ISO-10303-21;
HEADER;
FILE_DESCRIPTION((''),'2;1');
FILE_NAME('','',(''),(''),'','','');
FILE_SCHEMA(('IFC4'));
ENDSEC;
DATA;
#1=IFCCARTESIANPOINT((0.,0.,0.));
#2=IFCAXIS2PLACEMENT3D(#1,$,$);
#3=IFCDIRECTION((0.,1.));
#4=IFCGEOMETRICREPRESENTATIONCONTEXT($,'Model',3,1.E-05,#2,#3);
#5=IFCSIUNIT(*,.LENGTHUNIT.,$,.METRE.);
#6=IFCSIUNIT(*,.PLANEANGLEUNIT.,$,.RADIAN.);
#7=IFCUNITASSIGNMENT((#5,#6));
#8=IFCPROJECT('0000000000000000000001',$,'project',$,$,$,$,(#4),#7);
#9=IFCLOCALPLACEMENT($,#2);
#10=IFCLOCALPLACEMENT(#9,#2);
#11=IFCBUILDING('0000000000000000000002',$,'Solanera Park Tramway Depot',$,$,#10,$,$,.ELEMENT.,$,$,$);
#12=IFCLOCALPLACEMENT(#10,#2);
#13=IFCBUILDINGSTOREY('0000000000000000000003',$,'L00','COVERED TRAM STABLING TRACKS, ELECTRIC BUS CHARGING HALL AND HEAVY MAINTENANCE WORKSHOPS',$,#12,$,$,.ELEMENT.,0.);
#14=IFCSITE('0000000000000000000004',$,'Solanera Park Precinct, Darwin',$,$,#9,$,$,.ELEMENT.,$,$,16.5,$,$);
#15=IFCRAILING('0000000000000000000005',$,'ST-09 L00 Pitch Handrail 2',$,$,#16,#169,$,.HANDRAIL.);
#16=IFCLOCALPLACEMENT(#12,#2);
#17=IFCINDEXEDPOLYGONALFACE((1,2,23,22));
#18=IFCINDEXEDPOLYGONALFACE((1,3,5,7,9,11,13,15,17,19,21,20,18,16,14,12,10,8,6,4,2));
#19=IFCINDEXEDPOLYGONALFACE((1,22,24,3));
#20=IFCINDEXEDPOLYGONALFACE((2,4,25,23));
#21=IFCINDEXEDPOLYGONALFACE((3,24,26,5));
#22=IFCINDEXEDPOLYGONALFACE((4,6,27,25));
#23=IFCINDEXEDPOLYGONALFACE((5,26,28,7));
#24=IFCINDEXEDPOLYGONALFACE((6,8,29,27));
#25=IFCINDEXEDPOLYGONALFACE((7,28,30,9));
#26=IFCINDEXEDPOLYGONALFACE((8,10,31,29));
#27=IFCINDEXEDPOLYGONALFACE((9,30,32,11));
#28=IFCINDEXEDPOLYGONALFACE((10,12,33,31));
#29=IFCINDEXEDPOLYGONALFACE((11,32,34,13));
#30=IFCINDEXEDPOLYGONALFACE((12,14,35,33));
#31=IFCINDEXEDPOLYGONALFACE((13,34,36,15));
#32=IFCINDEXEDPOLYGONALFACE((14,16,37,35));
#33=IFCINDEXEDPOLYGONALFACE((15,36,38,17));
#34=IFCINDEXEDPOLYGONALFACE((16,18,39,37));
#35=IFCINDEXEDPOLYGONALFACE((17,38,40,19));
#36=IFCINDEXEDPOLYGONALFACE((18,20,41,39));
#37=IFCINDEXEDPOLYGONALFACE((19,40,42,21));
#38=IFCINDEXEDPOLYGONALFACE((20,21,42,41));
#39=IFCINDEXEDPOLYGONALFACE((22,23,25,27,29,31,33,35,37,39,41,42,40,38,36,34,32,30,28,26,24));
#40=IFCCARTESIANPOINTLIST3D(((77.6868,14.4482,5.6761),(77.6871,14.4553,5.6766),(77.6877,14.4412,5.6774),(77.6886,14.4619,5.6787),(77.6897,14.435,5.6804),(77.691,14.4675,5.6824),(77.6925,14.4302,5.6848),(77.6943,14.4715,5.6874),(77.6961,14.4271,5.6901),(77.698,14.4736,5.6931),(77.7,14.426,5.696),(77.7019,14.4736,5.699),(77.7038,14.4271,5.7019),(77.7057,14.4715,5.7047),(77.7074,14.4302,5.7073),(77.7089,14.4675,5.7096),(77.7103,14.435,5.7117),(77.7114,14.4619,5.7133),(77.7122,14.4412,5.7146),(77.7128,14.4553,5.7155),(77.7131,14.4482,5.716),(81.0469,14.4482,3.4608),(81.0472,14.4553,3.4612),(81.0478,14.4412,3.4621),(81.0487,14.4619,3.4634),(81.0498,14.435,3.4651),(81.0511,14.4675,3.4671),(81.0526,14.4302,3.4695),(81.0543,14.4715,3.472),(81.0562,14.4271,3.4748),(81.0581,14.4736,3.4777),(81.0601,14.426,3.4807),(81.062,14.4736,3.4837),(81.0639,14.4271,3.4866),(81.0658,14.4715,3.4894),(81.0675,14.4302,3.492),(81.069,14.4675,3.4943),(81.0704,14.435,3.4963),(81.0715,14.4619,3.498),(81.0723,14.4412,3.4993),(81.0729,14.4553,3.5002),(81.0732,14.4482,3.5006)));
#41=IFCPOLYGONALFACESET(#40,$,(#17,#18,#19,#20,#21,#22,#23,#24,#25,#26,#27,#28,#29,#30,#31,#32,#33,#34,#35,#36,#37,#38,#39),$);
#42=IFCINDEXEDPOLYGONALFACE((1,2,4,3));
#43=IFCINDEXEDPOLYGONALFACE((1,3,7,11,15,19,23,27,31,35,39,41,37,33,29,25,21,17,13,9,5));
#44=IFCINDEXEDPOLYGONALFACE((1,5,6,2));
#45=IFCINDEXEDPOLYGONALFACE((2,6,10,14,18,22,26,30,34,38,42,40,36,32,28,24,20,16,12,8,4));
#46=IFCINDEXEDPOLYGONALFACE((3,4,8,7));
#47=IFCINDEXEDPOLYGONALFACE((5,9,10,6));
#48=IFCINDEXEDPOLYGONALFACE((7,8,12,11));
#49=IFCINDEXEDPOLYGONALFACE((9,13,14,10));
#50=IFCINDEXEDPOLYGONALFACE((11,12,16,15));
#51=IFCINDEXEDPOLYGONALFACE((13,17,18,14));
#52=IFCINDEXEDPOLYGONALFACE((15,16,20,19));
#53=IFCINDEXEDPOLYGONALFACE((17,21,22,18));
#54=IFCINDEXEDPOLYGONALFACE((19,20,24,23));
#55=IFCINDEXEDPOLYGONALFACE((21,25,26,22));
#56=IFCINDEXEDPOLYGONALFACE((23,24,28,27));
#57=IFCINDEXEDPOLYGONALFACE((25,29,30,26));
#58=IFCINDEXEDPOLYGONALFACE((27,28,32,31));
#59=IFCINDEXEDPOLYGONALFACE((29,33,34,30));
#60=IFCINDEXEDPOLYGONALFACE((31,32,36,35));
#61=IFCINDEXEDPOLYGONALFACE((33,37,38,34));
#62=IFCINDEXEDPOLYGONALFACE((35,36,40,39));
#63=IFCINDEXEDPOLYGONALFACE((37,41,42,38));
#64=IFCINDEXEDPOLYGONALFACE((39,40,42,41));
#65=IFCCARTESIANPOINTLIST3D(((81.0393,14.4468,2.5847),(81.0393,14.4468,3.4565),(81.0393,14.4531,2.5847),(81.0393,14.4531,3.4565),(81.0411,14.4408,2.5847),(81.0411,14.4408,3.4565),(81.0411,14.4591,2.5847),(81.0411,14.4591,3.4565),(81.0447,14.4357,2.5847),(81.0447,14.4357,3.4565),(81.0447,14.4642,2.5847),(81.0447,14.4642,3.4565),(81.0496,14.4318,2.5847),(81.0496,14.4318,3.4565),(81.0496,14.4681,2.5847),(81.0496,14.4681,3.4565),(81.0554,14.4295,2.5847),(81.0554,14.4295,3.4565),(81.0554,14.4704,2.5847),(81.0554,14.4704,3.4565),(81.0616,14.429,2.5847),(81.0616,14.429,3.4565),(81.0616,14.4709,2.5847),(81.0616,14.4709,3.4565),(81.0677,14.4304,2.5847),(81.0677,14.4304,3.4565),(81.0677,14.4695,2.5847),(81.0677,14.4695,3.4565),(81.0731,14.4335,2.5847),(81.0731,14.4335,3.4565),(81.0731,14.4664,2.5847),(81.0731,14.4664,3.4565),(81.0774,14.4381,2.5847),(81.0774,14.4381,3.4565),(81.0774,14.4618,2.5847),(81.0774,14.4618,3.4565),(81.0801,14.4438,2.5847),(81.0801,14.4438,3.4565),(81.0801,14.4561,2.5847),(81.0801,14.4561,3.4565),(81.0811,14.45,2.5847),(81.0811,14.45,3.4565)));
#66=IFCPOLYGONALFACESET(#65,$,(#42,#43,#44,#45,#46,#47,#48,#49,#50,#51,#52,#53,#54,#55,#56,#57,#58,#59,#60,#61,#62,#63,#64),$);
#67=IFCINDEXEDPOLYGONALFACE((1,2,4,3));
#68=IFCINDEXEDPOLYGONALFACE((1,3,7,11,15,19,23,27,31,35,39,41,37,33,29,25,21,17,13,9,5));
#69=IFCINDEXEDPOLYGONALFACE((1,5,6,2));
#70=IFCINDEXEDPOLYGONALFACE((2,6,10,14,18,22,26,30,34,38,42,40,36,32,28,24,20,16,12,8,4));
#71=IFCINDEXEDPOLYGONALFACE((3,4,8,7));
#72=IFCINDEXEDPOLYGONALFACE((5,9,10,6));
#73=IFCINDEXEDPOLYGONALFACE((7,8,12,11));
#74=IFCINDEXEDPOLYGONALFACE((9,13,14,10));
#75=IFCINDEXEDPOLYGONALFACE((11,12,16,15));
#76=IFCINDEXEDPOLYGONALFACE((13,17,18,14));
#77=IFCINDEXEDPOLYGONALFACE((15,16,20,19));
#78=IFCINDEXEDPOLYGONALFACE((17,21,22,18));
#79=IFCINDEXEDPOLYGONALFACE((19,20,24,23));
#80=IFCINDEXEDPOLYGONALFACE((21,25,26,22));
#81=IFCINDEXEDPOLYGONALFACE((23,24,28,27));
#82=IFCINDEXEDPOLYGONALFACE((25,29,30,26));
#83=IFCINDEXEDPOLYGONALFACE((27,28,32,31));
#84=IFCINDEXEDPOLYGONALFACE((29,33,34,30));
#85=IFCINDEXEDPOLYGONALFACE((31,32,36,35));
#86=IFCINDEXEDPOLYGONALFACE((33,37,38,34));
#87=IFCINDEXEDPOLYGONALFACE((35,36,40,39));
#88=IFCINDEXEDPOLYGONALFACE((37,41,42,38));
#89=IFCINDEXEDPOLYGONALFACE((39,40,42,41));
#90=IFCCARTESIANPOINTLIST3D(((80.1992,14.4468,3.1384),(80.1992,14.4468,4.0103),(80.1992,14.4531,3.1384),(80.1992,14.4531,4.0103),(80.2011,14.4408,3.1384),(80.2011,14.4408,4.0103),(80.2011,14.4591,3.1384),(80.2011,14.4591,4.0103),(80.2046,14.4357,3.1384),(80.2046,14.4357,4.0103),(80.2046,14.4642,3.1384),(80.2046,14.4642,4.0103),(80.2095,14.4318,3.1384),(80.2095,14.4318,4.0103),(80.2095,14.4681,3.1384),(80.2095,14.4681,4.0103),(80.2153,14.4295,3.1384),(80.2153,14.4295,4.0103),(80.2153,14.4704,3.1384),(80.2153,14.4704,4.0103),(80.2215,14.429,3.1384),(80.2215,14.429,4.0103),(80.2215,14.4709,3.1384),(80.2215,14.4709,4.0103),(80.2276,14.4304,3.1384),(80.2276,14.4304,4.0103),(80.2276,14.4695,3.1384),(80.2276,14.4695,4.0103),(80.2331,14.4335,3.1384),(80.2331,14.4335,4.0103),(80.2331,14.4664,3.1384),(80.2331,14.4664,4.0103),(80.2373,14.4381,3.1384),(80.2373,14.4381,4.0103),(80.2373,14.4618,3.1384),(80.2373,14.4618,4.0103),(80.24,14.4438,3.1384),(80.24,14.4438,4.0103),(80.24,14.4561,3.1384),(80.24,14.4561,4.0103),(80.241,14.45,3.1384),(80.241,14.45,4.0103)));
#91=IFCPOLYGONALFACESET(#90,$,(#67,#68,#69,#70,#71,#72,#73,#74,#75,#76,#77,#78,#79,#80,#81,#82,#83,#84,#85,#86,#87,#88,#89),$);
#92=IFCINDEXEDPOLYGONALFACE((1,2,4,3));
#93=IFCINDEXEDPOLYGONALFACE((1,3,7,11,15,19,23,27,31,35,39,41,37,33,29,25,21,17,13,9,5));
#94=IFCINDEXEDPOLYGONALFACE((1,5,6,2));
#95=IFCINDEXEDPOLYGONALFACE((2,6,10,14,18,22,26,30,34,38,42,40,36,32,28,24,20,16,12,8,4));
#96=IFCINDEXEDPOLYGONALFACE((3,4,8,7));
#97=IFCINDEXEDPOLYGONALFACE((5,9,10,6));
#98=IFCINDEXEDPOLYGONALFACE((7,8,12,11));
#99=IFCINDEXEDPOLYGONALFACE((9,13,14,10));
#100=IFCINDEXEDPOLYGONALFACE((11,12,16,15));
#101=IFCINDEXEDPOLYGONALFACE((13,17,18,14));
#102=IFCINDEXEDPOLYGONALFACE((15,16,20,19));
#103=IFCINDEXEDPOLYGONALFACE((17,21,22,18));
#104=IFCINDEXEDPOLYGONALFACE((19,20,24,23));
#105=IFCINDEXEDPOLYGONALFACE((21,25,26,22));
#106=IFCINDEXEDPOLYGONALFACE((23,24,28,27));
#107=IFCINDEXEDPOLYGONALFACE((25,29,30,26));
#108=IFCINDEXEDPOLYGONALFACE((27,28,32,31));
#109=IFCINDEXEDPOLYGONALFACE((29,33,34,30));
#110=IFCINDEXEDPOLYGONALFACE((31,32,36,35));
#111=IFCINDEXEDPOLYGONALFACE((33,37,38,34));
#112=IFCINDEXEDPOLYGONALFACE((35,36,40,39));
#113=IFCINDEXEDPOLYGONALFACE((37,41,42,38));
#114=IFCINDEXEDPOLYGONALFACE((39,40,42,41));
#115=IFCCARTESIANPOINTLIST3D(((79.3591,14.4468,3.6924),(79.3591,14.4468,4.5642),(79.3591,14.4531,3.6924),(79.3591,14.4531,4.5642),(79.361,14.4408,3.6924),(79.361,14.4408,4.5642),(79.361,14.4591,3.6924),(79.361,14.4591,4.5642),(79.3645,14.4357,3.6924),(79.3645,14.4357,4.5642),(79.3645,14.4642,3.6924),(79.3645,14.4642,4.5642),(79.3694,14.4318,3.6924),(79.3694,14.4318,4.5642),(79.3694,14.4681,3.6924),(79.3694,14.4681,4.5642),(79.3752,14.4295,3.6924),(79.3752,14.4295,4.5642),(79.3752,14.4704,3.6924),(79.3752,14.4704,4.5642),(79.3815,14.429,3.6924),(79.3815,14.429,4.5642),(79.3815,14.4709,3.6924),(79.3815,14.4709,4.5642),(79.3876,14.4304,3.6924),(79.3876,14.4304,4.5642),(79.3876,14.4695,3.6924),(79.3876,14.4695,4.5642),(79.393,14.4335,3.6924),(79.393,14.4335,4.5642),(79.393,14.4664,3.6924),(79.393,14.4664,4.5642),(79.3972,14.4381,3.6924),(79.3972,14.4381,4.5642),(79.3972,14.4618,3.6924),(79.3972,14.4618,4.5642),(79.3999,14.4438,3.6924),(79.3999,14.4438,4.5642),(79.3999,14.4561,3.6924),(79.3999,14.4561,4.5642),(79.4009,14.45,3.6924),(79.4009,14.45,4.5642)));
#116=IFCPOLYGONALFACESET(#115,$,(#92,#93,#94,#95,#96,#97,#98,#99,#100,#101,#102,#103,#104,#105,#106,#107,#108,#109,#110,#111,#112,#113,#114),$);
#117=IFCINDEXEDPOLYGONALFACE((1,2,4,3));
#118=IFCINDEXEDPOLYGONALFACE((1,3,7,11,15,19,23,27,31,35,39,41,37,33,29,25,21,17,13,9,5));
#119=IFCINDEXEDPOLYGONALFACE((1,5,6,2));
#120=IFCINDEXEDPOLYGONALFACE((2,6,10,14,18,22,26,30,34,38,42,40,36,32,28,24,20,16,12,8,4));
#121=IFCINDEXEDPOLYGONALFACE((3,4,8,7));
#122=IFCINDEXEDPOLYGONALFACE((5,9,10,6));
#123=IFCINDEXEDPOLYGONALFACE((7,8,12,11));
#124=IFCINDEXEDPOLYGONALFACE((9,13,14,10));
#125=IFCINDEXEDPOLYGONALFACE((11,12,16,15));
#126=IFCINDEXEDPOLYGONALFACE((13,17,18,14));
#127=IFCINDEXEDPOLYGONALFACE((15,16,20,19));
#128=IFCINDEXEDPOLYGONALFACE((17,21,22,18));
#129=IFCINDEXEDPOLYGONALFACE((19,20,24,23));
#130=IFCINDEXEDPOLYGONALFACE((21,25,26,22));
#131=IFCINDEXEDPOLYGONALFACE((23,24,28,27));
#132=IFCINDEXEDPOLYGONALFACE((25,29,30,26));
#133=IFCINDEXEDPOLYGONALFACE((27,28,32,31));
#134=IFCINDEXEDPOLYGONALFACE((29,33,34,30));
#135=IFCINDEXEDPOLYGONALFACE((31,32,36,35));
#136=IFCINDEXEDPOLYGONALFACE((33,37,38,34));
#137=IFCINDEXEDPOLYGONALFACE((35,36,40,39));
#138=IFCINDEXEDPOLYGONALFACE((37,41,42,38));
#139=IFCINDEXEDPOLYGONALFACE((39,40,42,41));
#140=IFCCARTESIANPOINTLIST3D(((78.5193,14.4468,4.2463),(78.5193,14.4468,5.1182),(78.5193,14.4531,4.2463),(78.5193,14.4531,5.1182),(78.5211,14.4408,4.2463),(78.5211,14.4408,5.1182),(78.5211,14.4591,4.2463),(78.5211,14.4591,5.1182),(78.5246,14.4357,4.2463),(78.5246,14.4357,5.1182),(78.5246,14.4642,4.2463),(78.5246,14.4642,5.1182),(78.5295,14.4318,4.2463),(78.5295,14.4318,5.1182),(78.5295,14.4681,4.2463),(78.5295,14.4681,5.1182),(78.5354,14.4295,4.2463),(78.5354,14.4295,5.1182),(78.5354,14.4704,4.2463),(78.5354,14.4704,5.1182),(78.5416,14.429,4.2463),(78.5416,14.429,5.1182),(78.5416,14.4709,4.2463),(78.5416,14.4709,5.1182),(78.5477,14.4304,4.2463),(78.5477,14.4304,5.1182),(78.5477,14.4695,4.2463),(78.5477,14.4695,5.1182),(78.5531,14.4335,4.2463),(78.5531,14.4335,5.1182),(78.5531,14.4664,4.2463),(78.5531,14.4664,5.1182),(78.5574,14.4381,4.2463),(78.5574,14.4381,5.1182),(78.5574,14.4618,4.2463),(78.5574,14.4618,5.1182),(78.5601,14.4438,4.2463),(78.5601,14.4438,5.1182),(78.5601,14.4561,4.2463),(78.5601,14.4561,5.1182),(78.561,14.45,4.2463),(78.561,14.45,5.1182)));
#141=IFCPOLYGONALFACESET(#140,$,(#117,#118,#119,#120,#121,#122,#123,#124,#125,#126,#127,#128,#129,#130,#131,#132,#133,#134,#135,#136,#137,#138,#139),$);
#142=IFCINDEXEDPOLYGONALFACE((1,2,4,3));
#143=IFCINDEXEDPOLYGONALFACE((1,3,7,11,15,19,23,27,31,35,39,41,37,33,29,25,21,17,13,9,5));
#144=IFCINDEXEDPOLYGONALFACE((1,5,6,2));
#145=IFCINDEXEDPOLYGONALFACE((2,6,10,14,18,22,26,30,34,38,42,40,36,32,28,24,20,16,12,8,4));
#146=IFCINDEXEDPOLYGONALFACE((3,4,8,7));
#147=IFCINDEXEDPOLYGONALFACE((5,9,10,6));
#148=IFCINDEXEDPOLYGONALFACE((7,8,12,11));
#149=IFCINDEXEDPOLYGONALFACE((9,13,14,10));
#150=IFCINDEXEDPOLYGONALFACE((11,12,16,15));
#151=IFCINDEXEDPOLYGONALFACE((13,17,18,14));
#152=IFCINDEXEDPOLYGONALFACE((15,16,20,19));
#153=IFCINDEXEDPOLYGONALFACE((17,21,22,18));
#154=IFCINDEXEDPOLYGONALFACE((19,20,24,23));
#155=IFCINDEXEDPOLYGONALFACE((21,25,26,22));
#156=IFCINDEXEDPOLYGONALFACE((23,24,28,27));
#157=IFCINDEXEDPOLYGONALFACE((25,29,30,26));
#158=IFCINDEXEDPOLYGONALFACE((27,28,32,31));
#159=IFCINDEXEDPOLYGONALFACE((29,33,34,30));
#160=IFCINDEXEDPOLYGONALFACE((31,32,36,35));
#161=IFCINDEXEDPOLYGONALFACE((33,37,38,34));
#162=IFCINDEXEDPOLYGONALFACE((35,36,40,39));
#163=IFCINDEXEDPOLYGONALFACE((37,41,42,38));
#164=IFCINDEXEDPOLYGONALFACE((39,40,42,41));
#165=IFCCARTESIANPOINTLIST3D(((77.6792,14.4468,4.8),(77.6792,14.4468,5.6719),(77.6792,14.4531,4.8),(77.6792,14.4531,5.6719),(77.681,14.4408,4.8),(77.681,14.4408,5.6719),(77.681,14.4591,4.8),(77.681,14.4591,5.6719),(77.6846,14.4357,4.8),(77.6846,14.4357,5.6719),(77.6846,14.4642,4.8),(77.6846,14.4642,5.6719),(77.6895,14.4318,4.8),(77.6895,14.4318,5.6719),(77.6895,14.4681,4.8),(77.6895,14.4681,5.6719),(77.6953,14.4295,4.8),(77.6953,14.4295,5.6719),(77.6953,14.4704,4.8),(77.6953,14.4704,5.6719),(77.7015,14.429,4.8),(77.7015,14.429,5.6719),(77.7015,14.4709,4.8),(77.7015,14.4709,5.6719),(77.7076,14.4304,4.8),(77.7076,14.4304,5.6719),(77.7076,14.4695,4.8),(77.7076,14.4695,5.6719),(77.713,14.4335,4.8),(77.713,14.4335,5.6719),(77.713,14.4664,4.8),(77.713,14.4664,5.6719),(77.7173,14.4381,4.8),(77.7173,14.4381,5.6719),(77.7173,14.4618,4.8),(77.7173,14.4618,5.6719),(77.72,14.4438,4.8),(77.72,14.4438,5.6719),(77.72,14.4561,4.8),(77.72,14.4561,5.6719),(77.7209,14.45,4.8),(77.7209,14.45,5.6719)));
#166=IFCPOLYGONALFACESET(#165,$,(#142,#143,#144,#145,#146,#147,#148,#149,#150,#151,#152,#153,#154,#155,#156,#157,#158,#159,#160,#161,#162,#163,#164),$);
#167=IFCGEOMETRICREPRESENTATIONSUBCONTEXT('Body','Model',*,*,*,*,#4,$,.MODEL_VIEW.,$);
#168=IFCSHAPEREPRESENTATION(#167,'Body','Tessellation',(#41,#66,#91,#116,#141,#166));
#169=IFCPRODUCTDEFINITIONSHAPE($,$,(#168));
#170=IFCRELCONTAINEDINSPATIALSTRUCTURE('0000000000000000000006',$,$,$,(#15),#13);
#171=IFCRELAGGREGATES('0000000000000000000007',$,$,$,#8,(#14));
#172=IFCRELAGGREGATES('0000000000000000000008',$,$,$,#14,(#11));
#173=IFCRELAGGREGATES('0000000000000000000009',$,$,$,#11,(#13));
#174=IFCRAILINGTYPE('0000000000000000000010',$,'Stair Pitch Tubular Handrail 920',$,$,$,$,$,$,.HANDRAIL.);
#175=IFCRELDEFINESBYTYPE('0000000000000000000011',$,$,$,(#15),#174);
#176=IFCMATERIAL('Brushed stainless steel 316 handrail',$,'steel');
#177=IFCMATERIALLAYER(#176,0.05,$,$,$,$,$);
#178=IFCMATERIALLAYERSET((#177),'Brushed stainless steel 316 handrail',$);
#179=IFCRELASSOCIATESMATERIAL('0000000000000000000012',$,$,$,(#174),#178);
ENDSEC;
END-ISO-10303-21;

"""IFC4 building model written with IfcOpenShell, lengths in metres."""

from ifc_helpers import new_model, si_unit, direction, frame, origin, origin_2d, place, context, subcontext, project, spatial, circle, extrude, material, layer, layer_set, type_object, element, save


model = new_model("IFC4")

# Units and contexts
model_context = context("Model", 3, precision=1e-05, world=origin(), true_north=direction((0.0, 1.0)))
body_context = subcontext(model_context, "Body", "Model", "MODEL_VIEW")
ifc_project = project(units=[si_unit("LENGTHUNIT", "METRE"), si_unit("PLANEANGLEUNIT", "RADIAN")], contexts=[model_context])

# Site, building, storey
site_placement = place(None, origin())
site = spatial("IfcSite", under=ifc_project, at=site_placement, Name="Solanera Park Precinct, Darwin", CompositionType="ELEMENT", RefElevation=16.5)
building_placement = place(site_placement, origin())
building = spatial("IfcBuilding", under=site, at=building_placement, Name="Solanera Park Tramway Depot", CompositionType="ELEMENT")
storey_placement = place(building_placement, origin())
storey = spatial("IfcBuildingStorey", under=building, at=storey_placement, Name="L00", Description="COVERED TRAM STABLING TRACKS, ELECTRIC BUS CHARGING HALL AND HEAVY MAINTENANCE WORKSHOPS", CompositionType="ELEMENT", Elevation=0.0)

# Railing
ifc_material_1 = material(Name="Brushed stainless steel 316 handrail", Category="steel")
ifc_layer_1 = layer(ifc_material_1, 0.05)
ifc_layer_set_1 = layer_set([ifc_layer_1], Name="Brushed stainless steel 316 handrail")
railing_type_1 = type_object("IfcRailingType", Name="Stair Pitch Tubular Handrail 920", PredefinedType="HANDRAIL", material=ifc_layer_set_1)
railing_1_placement = place(storey_placement, frame((81.0601, 14.45, 2.5847)))
element("IfcRailing", 1, at=railing_1_placement, inside=storey, type_object=railing_type_1, Name="ST-09 L00 Pitch Handrail 2", PredefinedType="HANDRAIL", context=body_context, shape_type="SweptSolid", body=[
    extrude(circle(Radius=0.0239, at=origin_2d()), frame((0.0, 0.0, 0.896), z_axis=(-0.834876, 0.0, 0.550437), x_axis=(0.0, -1.0, 0.0)), (0.0, 0.0, 1.0), 4.0247),
    extrude(circle(Radius=0.021, at=origin_2d()), origin(), (0.0, 0.0, 1.0), 0.8718),
    extrude(circle(Radius=0.021, at=origin_2d()), frame((-0.8401, 0.0, 0.5537)), (0.0, 0.0, 1.0), 0.8718),
    extrude(circle(Radius=0.021, at=origin_2d()), frame((-1.6802, 0.0, 1.1077)), (0.0, 0.0, 1.0), 0.8718),
    extrude(circle(Radius=0.021, at=origin_2d()), frame((-2.52, 0.0, 1.6616)), (0.0, 0.0, 1.0), 0.8718),
    extrude(circle(Radius=0.021, at=origin_2d()), frame((-3.3601, 0.0, 2.2153)), (0.0, 0.0, 1.0), 0.8718),
])

save(model, "model.ifc")
